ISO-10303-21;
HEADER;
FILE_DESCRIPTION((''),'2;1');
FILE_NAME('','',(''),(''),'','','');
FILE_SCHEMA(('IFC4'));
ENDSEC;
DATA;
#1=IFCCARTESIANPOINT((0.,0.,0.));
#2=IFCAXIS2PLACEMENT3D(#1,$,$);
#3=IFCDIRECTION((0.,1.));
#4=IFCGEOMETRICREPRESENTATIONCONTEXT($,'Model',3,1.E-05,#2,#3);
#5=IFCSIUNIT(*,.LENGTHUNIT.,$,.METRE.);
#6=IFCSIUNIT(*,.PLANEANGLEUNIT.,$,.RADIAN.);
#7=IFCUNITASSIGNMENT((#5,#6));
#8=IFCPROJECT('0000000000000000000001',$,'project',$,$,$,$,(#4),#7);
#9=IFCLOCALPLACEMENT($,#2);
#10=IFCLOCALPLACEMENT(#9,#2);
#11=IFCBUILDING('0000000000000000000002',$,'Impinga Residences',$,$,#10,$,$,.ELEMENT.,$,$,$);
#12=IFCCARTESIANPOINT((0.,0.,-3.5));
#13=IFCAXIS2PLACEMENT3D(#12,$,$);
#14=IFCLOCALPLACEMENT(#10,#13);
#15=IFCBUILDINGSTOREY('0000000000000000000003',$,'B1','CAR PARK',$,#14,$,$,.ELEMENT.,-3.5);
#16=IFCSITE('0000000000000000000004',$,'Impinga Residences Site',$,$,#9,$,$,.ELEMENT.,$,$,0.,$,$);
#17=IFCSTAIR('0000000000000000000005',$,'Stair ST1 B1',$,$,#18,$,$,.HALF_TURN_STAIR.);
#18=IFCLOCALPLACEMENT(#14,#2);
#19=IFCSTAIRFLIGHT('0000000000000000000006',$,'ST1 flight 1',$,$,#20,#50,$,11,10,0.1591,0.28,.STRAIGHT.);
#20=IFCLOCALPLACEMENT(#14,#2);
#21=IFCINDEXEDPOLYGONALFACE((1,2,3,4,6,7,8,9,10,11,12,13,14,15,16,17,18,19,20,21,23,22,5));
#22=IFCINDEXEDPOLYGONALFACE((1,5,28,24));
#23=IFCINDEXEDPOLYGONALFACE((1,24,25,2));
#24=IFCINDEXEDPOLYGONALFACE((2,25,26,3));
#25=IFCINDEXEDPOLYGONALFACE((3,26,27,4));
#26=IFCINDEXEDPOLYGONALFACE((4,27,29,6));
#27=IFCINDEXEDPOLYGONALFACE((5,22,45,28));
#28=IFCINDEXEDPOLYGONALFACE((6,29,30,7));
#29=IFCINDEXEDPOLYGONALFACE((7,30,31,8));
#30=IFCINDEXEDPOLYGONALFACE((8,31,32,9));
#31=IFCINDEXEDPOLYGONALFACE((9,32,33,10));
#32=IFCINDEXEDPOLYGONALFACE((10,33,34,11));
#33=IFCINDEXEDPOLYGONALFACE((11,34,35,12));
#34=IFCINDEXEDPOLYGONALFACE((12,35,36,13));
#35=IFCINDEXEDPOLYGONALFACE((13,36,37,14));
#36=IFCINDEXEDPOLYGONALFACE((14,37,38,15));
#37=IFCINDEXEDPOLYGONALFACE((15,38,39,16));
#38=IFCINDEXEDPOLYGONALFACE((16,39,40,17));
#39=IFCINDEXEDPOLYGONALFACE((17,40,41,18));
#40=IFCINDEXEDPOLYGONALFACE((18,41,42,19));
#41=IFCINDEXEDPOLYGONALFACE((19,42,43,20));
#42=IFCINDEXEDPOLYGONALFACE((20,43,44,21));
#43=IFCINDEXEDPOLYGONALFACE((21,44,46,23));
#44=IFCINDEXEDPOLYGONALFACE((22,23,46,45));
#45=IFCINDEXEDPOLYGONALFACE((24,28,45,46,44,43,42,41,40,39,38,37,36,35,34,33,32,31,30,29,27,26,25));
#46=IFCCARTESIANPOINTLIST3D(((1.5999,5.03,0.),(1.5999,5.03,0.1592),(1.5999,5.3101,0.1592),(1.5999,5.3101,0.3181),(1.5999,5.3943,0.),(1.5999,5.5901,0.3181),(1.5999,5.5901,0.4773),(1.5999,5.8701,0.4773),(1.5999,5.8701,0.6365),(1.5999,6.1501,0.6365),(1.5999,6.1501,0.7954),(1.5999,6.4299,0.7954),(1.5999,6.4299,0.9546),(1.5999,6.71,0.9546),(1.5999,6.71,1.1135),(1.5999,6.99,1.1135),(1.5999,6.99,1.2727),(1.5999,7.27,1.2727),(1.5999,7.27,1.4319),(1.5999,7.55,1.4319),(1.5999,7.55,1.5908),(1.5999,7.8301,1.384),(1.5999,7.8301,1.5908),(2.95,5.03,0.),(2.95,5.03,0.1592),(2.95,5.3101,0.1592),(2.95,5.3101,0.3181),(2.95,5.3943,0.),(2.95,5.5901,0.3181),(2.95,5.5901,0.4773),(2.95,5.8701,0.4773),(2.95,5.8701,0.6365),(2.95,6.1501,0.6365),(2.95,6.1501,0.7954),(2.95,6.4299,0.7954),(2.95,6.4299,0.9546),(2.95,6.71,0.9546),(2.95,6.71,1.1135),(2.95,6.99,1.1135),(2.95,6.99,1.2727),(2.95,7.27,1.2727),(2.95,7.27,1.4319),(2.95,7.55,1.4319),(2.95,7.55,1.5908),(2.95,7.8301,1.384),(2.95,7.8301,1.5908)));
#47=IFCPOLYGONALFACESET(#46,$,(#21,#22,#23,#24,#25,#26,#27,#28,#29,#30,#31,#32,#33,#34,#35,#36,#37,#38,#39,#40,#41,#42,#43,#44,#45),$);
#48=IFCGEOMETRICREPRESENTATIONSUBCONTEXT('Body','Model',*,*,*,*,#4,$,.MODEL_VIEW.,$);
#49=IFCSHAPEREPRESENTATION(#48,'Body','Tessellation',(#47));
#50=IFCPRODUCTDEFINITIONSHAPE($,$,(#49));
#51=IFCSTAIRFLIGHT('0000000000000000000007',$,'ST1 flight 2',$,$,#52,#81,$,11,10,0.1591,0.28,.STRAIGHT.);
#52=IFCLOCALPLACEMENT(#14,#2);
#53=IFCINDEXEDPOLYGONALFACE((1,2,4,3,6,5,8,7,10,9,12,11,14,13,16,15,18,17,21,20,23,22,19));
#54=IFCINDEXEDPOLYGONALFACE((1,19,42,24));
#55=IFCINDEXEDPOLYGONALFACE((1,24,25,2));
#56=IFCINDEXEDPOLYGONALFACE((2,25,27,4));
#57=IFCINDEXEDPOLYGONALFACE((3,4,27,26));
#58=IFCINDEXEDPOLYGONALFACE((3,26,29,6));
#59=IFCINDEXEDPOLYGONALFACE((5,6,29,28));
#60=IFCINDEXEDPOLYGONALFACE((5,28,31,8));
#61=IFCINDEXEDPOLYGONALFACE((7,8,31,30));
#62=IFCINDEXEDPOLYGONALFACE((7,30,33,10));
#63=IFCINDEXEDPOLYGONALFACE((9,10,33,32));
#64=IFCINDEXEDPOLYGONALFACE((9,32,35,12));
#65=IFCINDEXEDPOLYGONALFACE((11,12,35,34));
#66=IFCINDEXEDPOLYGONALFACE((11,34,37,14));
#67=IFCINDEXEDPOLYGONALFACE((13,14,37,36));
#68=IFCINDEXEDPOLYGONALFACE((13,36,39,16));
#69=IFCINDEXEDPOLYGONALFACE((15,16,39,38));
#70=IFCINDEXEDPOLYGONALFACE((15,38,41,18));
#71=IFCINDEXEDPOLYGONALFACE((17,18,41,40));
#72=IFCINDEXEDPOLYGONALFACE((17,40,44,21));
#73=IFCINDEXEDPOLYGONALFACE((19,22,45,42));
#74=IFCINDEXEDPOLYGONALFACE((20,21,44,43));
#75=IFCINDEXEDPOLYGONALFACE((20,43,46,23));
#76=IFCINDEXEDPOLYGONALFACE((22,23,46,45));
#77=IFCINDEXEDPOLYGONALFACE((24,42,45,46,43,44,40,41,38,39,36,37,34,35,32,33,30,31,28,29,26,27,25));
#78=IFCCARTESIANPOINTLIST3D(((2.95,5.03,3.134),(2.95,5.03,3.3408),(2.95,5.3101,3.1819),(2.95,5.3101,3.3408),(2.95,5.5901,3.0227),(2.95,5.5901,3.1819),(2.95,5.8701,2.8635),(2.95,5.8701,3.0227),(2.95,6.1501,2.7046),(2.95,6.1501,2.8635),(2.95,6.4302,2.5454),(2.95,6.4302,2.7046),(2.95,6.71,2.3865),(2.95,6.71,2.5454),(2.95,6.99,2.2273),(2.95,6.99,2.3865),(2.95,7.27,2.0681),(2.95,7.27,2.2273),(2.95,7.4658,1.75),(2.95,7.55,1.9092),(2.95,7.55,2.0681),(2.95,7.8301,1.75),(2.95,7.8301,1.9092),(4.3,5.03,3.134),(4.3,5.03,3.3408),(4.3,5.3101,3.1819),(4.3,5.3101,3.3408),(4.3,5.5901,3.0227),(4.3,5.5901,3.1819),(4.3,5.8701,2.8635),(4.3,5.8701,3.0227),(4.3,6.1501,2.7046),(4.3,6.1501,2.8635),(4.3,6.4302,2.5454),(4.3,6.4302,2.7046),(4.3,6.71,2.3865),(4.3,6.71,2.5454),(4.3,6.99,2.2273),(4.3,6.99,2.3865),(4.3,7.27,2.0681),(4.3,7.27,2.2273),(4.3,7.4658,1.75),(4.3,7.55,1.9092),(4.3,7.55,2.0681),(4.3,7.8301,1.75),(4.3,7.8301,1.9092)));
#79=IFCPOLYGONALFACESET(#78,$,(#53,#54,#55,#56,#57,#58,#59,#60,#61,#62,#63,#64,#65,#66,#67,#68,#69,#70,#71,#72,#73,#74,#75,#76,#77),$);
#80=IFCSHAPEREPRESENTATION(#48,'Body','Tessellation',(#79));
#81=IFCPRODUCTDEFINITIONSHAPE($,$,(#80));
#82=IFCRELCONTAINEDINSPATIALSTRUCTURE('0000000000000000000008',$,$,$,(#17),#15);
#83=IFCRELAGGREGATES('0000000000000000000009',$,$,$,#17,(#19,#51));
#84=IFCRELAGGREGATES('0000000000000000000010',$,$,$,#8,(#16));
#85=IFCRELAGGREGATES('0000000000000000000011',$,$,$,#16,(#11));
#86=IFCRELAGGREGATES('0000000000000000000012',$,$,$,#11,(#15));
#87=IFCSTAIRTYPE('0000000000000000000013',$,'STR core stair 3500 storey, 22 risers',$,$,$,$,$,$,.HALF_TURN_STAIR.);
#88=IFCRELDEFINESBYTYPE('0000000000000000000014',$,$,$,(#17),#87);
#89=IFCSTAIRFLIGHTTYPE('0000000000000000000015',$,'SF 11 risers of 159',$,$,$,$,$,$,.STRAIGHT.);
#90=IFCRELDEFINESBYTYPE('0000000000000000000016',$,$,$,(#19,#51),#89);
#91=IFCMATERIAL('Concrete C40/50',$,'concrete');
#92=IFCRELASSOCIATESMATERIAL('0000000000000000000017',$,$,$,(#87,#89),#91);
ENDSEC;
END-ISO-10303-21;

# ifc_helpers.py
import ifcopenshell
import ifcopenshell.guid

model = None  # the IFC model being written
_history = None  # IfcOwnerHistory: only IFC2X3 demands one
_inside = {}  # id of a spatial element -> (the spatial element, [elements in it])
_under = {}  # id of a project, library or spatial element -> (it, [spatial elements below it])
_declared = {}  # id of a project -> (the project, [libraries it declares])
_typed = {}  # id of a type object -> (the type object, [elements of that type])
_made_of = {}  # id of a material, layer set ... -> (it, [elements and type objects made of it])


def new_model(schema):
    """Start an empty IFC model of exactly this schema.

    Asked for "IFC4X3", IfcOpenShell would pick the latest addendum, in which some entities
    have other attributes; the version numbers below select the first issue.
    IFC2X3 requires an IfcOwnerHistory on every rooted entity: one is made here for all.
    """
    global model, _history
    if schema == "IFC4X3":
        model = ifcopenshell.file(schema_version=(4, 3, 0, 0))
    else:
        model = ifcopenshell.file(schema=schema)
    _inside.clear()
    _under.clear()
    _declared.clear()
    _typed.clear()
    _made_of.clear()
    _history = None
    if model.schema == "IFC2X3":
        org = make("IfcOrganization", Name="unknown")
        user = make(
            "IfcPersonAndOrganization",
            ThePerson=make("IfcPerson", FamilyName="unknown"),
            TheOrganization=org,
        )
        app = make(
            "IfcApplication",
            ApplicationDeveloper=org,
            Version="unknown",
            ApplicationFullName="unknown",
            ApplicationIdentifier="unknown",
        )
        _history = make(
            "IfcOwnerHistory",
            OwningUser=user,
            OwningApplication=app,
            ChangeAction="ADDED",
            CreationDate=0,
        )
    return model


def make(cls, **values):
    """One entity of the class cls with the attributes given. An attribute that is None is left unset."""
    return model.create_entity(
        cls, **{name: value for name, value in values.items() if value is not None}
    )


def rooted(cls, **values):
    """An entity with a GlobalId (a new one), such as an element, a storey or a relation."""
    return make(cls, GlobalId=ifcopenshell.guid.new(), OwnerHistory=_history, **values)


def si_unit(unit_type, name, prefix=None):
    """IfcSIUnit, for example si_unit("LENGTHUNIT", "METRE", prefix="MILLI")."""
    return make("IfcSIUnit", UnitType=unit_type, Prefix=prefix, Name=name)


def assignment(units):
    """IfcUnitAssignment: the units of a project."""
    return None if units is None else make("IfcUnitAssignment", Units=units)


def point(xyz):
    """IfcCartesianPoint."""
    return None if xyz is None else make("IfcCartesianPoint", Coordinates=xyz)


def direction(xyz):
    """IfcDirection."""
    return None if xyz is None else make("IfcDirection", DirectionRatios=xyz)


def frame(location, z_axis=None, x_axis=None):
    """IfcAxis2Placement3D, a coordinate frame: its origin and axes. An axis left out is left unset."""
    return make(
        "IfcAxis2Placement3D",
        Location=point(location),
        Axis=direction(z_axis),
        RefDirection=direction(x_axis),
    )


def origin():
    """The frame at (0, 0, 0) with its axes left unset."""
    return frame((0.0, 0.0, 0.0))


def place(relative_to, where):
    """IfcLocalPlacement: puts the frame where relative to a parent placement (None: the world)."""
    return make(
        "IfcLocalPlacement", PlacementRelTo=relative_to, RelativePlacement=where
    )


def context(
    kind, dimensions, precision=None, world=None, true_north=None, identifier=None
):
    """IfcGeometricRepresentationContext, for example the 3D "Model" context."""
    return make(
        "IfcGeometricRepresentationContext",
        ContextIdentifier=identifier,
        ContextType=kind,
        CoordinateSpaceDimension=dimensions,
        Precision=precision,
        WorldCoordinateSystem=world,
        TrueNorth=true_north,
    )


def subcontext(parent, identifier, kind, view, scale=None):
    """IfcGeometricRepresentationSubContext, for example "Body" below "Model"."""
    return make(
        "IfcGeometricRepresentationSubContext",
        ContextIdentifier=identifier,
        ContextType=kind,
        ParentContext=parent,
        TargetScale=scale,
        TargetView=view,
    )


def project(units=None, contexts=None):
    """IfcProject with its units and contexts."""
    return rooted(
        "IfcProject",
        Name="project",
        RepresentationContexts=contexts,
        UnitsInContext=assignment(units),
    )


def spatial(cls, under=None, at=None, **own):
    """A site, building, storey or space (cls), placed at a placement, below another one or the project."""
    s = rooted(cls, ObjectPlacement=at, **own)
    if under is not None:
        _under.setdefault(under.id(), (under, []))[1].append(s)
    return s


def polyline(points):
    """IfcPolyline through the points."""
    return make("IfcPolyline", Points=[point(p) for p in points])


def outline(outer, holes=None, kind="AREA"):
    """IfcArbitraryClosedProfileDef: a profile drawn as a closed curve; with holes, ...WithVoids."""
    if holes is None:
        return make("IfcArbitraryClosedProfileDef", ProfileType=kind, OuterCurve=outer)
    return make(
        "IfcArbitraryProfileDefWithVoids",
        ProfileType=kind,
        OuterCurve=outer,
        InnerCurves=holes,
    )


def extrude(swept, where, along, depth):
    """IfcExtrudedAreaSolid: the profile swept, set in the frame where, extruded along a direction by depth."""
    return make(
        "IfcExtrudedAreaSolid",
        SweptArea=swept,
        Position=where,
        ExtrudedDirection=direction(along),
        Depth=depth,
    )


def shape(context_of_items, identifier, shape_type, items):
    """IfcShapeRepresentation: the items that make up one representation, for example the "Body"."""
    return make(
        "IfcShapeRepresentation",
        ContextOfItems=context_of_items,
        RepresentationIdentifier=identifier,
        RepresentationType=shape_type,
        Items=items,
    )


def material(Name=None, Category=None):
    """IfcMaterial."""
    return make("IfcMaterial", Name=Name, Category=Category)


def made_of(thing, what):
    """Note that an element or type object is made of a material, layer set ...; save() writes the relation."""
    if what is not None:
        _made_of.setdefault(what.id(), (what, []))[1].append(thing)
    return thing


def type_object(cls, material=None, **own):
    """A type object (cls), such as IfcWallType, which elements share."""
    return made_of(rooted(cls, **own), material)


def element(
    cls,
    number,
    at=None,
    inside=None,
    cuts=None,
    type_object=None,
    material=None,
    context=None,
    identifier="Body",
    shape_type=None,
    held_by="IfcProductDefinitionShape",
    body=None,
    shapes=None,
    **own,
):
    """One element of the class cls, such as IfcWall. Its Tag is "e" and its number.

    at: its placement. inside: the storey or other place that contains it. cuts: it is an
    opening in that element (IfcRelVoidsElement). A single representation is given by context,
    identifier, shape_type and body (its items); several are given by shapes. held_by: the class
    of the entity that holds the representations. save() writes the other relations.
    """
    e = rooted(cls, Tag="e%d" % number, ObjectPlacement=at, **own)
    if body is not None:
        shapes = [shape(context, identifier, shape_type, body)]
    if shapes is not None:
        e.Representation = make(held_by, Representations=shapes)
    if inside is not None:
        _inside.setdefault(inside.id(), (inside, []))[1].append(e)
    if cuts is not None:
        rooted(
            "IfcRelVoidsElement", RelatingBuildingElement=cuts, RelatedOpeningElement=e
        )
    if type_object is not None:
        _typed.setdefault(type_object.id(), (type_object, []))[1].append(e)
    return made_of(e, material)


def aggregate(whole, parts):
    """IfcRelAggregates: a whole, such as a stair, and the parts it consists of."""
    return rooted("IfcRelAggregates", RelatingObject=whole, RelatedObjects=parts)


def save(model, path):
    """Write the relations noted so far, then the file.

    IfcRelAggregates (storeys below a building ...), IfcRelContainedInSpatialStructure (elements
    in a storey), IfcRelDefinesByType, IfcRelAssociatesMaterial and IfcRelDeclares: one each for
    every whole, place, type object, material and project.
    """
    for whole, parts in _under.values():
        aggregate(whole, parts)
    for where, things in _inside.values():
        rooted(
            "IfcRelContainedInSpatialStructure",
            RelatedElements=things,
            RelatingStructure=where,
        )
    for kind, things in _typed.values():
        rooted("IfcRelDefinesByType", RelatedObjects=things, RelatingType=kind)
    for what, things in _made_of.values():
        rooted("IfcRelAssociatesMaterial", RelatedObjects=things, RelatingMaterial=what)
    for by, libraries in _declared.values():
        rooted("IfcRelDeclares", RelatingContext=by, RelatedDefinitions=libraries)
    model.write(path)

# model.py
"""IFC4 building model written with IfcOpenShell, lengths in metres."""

from ifc_helpers import new_model, si_unit, direction, frame, origin, place, context, subcontext, project, spatial, polyline, outline, extrude, material, type_object, element, aggregate, save


model = new_model("IFC4")

# Units and contexts
model_context = context("Model", 3, precision=1e-05, world=origin(), true_north=direction((0.0, 1.0)))
body_context = subcontext(model_context, "Body", "Model", "MODEL_VIEW")
ifc_project = project(units=[si_unit("LENGTHUNIT", "METRE"), si_unit("PLANEANGLEUNIT", "RADIAN")], contexts=[model_context])

# Site, building, storey
site_placement = place(None, origin())
site = spatial("IfcSite", under=ifc_project, at=site_placement, Name="Impinga Residences Site", CompositionType="ELEMENT", RefElevation=0.0)
building_placement = place(site_placement, origin())
building = spatial("IfcBuilding", under=site, at=building_placement, Name="Impinga Residences", CompositionType="ELEMENT")
storey_placement = place(building_placement, frame((0.0, 0.0, -3.5)))
storey = spatial("IfcBuildingStorey", under=building, at=storey_placement, Name="B1", Description="CAR PARK", CompositionType="ELEMENT", Elevation=-3.5)

# Stair, stair flights
ifc_material_1 = material(Name="Concrete C40/50", Category="concrete")
stair_type = type_object("IfcStairType", Name="STR core stair 3500 storey, 22 risers", PredefinedType="HALF_TURN_STAIR", material=ifc_material_1)
stair_placement = place(storey_placement, origin())
stair = element("IfcStair", 1, at=stair_placement, inside=storey, type_object=stair_type, Name="Stair ST1 B1", PredefinedType="HALF_TURN_STAIR")
stair_flight_type = type_object("IfcStairFlightType", Name="SF 11 risers of 159", PredefinedType="STRAIGHT", material=ifc_material_1)
stair_flight_1_placement = place(storey_placement, frame((2.2749, 5.03, 0.0), z_axis=(0.0, 0.0, 1.0), x_axis=(0.0, 1.0, 0.0)))
stair_flight_1 = element("IfcStairFlight", 2, at=stair_flight_1_placement, type_object=stair_flight_type, Name="ST1 flight 1", NumberOfRisers=11, NumberOfTreads=10, PredefinedType="STRAIGHT", RiserHeight=0.1591, TreadLength=0.28, context=body_context, shape_type="SweptSolid", body=[
    extrude(outline(polyline([(0.0, 0.0), (0.0, 0.1592), (0.28, 0.1592), (0.28, 0.3181), (0.5601, 0.3181), (0.5601, 0.4773), (0.8401, 0.4773), (0.8401, 0.6365), (1.1201, 0.6365), (1.1201, 0.7954), (1.3999, 0.7954), (1.3999, 0.9546), (1.6799, 0.9546), (1.6799, 1.1135), (1.96, 1.1135), (1.96, 1.2727), (2.24, 1.2727), (2.24, 1.4319), (2.52, 1.4319), (2.52, 1.5908), (2.8, 1.5908), (2.8, 1.75), (2.8, 1.384), (0.3643, 0.0), (0.0, 0.0)])), frame((0.0, 0.675, 0.0), z_axis=(0.0, -1.0, 0.0), x_axis=(1.0, 0.0, 0.0)), (0.0, 0.0, 1.0), 1.3501),
])
stair_flight_2_placement = place(storey_placement, frame((3.625, 7.8301, 1.75), z_axis=(0.0, 0.0, 1.0), x_axis=(0.0, -1.0, 0.0)))
stair_flight_2 = element("IfcStairFlight", 3, at=stair_flight_2_placement, type_object=stair_flight_type, Name="ST1 flight 2", NumberOfRisers=11, NumberOfTreads=10, PredefinedType="STRAIGHT", RiserHeight=0.1591, TreadLength=0.28, context=body_context, shape_type="SweptSolid", body=[
    extrude(outline(polyline([(0.0, 0.0), (0.0, 0.1592), (0.28, 0.1592), (0.28, 0.3181), (0.5601, 0.3181), (0.5601, 0.4773), (0.8401, 0.4773), (0.8401, 0.6365), (1.1201, 0.6365), (1.1201, 0.7954), (1.3999, 0.7954), (1.3999, 0.9546), (1.6799, 0.9546), (1.6799, 1.1135), (1.96, 1.1135), (1.96, 1.2727), (2.24, 1.2727), (2.24, 1.4319), (2.52, 1.4319), (2.52, 1.5908), (2.8, 1.5908), (2.8, 1.75), (2.8, 1.384), (0.3643, 0.0), (0.0, 0.0)])), frame((0.0, 0.675, 0.0), z_axis=(0.0, -1.0, 0.0), x_axis=(1.0, 0.0, 0.0)), (0.0, 0.0, 1.0), 1.3501),
])
aggregate(stair, [stair_flight_1, stair_flight_2])

save(model, "model.ifc")
